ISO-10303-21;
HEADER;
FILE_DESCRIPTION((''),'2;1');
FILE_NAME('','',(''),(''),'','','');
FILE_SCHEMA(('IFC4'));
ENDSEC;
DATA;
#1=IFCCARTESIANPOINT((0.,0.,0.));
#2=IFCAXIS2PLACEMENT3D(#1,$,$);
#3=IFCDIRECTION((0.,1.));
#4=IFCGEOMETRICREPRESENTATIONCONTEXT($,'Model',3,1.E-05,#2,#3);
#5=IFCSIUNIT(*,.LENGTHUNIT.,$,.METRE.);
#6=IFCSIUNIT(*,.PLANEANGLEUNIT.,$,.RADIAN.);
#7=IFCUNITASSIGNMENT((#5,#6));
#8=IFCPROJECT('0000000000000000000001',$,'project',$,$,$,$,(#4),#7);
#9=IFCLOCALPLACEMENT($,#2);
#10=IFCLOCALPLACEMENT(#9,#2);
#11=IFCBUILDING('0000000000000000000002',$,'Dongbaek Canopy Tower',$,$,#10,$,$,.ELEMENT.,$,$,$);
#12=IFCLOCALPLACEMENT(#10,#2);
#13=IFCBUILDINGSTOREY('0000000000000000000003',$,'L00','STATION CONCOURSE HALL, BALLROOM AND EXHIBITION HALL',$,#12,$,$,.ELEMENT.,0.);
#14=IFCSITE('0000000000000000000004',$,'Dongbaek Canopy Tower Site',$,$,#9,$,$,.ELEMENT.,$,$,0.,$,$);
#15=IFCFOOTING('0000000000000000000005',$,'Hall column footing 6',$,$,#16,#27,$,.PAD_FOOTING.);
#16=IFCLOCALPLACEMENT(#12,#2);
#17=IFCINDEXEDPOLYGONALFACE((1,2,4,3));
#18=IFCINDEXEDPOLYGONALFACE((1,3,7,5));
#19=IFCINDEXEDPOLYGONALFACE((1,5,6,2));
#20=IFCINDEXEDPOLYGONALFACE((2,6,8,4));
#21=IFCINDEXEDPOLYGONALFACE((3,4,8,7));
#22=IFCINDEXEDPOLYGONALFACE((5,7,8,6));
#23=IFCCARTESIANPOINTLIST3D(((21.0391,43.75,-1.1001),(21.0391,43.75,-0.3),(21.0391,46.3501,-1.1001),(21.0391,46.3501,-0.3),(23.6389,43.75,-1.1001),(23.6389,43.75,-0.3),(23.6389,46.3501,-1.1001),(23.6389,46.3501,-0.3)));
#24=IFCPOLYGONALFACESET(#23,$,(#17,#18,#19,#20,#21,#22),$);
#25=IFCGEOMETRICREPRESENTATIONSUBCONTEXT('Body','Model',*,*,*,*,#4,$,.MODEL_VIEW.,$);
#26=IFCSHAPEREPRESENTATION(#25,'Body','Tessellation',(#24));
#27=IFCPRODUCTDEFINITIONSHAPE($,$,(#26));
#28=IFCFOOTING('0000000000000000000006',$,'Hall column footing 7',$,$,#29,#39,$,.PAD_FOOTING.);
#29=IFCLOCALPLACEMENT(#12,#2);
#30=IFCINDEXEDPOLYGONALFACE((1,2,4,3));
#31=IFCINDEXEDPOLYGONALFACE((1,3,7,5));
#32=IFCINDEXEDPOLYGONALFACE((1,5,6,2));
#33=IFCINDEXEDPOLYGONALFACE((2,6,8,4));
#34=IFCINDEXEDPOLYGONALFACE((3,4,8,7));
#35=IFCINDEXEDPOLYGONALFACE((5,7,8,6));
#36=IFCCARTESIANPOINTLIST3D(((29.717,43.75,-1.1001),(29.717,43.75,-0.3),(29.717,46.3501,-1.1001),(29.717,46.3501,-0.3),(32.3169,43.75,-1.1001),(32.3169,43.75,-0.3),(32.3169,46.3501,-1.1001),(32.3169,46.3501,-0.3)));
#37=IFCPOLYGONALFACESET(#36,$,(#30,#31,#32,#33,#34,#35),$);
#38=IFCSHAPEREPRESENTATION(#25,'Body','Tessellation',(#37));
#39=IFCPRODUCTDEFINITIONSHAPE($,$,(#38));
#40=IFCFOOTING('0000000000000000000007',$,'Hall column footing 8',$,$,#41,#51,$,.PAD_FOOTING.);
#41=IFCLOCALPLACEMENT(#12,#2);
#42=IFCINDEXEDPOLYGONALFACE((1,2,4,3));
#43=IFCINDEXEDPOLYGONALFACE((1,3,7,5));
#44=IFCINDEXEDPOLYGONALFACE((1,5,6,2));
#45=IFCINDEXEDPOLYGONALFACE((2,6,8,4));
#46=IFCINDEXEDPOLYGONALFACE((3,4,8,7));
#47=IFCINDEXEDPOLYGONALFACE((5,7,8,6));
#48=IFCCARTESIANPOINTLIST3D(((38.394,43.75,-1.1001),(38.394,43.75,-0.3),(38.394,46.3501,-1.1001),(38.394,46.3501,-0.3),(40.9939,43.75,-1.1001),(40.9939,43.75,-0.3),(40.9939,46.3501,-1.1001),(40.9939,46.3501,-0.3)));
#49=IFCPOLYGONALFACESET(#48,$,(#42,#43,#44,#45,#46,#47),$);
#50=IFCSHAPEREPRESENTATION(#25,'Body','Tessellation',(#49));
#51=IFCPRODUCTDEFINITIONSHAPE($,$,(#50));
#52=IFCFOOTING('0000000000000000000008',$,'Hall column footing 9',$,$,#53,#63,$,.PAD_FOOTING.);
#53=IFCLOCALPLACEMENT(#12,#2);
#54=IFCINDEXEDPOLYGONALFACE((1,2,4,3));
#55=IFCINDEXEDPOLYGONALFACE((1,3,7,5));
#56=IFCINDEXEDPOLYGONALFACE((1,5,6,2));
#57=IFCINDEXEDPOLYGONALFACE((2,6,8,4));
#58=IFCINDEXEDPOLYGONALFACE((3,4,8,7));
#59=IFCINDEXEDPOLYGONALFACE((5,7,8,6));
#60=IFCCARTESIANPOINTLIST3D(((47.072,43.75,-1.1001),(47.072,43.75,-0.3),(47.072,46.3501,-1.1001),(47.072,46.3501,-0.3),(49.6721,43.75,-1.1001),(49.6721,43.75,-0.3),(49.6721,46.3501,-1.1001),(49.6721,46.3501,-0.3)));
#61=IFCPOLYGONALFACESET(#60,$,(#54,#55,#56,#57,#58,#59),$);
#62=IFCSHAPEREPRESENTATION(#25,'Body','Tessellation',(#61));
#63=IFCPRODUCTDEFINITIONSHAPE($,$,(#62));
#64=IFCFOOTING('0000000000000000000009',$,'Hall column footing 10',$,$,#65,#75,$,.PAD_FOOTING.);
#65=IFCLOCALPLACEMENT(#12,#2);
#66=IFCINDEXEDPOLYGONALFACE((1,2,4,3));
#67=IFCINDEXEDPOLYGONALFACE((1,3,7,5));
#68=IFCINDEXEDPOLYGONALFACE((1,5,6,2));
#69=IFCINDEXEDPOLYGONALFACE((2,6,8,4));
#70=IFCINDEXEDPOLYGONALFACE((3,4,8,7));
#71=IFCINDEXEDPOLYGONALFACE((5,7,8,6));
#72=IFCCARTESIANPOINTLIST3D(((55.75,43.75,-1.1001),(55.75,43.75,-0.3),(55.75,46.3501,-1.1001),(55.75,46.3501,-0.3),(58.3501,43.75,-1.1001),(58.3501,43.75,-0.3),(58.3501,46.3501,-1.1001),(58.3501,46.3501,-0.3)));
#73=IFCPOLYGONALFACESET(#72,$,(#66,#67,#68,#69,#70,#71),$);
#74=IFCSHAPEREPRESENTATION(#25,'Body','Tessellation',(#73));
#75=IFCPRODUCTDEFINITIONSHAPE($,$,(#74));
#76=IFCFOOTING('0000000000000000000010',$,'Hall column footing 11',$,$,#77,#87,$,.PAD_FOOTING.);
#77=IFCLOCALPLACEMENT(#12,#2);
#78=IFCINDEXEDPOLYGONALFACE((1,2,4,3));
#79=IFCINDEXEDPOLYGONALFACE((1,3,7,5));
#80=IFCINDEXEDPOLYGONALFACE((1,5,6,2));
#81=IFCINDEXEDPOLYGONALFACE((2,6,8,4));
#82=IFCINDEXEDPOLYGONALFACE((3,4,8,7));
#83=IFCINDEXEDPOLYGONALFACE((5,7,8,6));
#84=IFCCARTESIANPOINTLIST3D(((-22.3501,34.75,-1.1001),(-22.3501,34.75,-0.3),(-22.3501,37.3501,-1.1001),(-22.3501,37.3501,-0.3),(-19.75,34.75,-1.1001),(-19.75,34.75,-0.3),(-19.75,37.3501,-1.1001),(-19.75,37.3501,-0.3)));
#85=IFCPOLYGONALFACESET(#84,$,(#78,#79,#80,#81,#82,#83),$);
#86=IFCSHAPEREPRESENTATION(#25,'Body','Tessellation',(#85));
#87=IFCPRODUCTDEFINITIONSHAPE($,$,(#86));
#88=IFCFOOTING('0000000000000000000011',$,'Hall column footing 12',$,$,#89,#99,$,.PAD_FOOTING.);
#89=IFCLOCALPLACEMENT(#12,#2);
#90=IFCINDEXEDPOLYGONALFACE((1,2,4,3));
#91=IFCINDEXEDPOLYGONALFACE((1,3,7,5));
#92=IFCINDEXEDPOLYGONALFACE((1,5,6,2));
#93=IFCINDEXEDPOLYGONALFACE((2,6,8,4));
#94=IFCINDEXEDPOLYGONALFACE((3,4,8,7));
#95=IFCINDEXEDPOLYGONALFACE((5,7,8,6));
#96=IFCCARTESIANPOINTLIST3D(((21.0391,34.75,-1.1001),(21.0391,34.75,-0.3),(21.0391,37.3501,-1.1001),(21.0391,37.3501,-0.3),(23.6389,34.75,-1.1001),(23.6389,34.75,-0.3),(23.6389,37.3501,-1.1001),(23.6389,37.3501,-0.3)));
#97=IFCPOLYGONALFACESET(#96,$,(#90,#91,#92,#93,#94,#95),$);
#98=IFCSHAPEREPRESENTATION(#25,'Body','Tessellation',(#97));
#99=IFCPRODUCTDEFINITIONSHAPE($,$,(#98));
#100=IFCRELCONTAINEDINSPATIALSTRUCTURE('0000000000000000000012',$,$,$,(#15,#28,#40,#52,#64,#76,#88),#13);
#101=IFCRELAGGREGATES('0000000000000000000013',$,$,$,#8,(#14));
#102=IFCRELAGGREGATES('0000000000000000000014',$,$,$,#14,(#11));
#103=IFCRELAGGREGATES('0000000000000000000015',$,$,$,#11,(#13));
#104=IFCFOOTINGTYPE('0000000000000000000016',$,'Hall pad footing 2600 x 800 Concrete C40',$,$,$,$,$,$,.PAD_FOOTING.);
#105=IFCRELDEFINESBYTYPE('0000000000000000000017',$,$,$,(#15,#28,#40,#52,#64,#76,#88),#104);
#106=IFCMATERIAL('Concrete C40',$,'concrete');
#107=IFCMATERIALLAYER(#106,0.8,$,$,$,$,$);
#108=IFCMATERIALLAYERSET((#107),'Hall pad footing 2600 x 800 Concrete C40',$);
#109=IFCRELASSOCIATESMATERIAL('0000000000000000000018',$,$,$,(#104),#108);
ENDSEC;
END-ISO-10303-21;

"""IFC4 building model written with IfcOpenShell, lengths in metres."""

from ifc_helpers import new_model, si_unit, direction, frame, origin, place, context, subcontext, project, spatial, polyline, outline, extrude, material, layer, layer_set, type_object, element, save


model = new_model("IFC4")

# Units and contexts
model_context = context("Model", 3, precision=1e-05, world=origin(), true_north=direction((0.0, 1.0)))
body_context = subcontext(model_context, "Body", "Model", "MODEL_VIEW")
ifc_project = project(units=[si_unit("LENGTHUNIT", "METRE"), si_unit("PLANEANGLEUNIT", "RADIAN")], contexts=[model_context])

# Site, building, storey
site_placement = place(None, origin())
site = spatial("IfcSite", under=ifc_project, at=site_placement, Name="Dongbaek Canopy Tower Site", CompositionType="ELEMENT", RefElevation=0.0)
building_placement = place(site_placement, origin())
building = spatial("IfcBuilding", under=site, at=building_placement, Name="Dongbaek Canopy Tower", CompositionType="ELEMENT")
storey_placement = place(building_placement, origin())
storey = spatial("IfcBuildingStorey", under=building, at=storey_placement, Name="L00", Description="STATION CONCOURSE HALL, BALLROOM AND EXHIBITION HALL", CompositionType="ELEMENT", Elevation=0.0)

# Footings
ifc_material_1 = material(Name="Concrete C40", Category="concrete")
ifc_layer_1 = layer(ifc_material_1, 0.8)
ifc_layer_set_1 = layer_set([ifc_layer_1], Name="Hall pad footing 2600 x 800 Concrete C40")
footing_type_1 = type_object("IfcFootingType", Name="Hall pad footing 2600 x 800 Concrete C40", PredefinedType="PAD_FOOTING", material=ifc_layer_set_1)
footing_1_placement = place(storey_placement, frame((0.0, 0.0, -1.1001)))
element("IfcFooting", 1, at=footing_1_placement, inside=storey, type_object=footing_type_1, Name="Hall column footing 6", PredefinedType="PAD_FOOTING", context=body_context, shape_type="SweptSolid", body=[
    extrude(outline(polyline([(21.0391, 43.75), (23.6389, 43.75), (23.6389, 46.3501), (21.0391, 46.3501), (21.0391, 43.75)])), origin(), (0.0, 0.0, 1.0), 0.8),
])
footing_2_placement = place(storey_placement, frame((0.0, 0.0, -1.1001)))
element("IfcFooting", 2, at=footing_2_placement, inside=storey, type_object=footing_type_1, Name="Hall column footing 7", PredefinedType="PAD_FOOTING", context=body_context, shape_type="SweptSolid", body=[
    extrude(outline(polyline([(29.717, 43.75), (32.3169, 43.75), (32.3169, 46.3501), (29.717, 46.3501), (29.717, 43.75)])), origin(), (0.0, 0.0, 1.0), 0.8),
])
footing_3_placement = place(storey_placement, frame((0.0, 0.0, -1.1001)))
element("IfcFooting", 3, at=footing_3_placement, inside=storey, type_object=footing_type_1, Name="Hall column footing 8", PredefinedType="PAD_FOOTING", context=body_context, shape_type="SweptSolid", body=[
    extrude(outline(polyline([(38.394, 43.75), (40.9939, 43.75), (40.9939, 46.3501), (38.394, 46.3501), (38.394, 43.75)])), origin(), (0.0, 0.0, 1.0), 0.8),
])
footing_4_placement = place(storey_placement, frame((0.0, 0.0, -1.1001)))
element("IfcFooting", 4, at=footing_4_placement, inside=storey, type_object=footing_type_1, Name="Hall column footing 9", PredefinedType="PAD_FOOTING", context=body_context, shape_type="SweptSolid", body=[
    extrude(outline(polyline([(47.072, 43.75), (49.6721, 43.75), (49.6721, 46.3501), (47.072, 46.3501), (47.072, 43.75)])), origin(), (0.0, 0.0, 1.0), 0.8),
])
footing_5_placement = place(storey_placement, frame((0.0, 0.0, -1.1001)))
element("IfcFooting", 5, at=footing_5_placement, inside=storey, type_object=footing_type_1, Name="Hall column footing 10", PredefinedType="PAD_FOOTING", context=body_context, shape_type="SweptSolid", body=[
    extrude(outline(polyline([(55.75, 43.75), (58.3501, 43.75), (58.3501, 46.3501), (55.75, 46.3501), (55.75, 43.75)])), origin(), (0.0, 0.0, 1.0), 0.8),
])
footing_6_placement = place(storey_placement, frame((0.0, 0.0, -1.1001)))
element("IfcFooting", 6, at=footing_6_placement, inside=storey, type_object=footing_type_1, Name="Hall column footing 11", PredefinedType="PAD_FOOTING", context=body_context, shape_type="SweptSolid", body=[
    extrude(outline(polyline([(-22.3501, 34.75), (-19.75, 34.75), (-19.75, 37.3501), (-22.3501, 37.3501), (-22.3501, 34.75)])), origin(), (0.0, 0.0, 1.0), 0.8),
])
footing_7_placement = place(storey_placement, frame((0.0, 0.0, -1.1001)))
element("IfcFooting", 7, at=footing_7_placement, inside=storey, type_object=footing_type_1, Name="Hall column footing 12", PredefinedType="PAD_FOOTING", context=body_context, shape_type="SweptSolid", body=[
    extrude(outline(polyline([(21.0391, 34.75), (23.6389, 34.75), (23.6389, 37.3501), (21.0391, 37.3501), (21.0391, 34.75)])), origin(), (0.0, 0.0, 1.0), 0.8),
])

save(model, "model.ifc")
